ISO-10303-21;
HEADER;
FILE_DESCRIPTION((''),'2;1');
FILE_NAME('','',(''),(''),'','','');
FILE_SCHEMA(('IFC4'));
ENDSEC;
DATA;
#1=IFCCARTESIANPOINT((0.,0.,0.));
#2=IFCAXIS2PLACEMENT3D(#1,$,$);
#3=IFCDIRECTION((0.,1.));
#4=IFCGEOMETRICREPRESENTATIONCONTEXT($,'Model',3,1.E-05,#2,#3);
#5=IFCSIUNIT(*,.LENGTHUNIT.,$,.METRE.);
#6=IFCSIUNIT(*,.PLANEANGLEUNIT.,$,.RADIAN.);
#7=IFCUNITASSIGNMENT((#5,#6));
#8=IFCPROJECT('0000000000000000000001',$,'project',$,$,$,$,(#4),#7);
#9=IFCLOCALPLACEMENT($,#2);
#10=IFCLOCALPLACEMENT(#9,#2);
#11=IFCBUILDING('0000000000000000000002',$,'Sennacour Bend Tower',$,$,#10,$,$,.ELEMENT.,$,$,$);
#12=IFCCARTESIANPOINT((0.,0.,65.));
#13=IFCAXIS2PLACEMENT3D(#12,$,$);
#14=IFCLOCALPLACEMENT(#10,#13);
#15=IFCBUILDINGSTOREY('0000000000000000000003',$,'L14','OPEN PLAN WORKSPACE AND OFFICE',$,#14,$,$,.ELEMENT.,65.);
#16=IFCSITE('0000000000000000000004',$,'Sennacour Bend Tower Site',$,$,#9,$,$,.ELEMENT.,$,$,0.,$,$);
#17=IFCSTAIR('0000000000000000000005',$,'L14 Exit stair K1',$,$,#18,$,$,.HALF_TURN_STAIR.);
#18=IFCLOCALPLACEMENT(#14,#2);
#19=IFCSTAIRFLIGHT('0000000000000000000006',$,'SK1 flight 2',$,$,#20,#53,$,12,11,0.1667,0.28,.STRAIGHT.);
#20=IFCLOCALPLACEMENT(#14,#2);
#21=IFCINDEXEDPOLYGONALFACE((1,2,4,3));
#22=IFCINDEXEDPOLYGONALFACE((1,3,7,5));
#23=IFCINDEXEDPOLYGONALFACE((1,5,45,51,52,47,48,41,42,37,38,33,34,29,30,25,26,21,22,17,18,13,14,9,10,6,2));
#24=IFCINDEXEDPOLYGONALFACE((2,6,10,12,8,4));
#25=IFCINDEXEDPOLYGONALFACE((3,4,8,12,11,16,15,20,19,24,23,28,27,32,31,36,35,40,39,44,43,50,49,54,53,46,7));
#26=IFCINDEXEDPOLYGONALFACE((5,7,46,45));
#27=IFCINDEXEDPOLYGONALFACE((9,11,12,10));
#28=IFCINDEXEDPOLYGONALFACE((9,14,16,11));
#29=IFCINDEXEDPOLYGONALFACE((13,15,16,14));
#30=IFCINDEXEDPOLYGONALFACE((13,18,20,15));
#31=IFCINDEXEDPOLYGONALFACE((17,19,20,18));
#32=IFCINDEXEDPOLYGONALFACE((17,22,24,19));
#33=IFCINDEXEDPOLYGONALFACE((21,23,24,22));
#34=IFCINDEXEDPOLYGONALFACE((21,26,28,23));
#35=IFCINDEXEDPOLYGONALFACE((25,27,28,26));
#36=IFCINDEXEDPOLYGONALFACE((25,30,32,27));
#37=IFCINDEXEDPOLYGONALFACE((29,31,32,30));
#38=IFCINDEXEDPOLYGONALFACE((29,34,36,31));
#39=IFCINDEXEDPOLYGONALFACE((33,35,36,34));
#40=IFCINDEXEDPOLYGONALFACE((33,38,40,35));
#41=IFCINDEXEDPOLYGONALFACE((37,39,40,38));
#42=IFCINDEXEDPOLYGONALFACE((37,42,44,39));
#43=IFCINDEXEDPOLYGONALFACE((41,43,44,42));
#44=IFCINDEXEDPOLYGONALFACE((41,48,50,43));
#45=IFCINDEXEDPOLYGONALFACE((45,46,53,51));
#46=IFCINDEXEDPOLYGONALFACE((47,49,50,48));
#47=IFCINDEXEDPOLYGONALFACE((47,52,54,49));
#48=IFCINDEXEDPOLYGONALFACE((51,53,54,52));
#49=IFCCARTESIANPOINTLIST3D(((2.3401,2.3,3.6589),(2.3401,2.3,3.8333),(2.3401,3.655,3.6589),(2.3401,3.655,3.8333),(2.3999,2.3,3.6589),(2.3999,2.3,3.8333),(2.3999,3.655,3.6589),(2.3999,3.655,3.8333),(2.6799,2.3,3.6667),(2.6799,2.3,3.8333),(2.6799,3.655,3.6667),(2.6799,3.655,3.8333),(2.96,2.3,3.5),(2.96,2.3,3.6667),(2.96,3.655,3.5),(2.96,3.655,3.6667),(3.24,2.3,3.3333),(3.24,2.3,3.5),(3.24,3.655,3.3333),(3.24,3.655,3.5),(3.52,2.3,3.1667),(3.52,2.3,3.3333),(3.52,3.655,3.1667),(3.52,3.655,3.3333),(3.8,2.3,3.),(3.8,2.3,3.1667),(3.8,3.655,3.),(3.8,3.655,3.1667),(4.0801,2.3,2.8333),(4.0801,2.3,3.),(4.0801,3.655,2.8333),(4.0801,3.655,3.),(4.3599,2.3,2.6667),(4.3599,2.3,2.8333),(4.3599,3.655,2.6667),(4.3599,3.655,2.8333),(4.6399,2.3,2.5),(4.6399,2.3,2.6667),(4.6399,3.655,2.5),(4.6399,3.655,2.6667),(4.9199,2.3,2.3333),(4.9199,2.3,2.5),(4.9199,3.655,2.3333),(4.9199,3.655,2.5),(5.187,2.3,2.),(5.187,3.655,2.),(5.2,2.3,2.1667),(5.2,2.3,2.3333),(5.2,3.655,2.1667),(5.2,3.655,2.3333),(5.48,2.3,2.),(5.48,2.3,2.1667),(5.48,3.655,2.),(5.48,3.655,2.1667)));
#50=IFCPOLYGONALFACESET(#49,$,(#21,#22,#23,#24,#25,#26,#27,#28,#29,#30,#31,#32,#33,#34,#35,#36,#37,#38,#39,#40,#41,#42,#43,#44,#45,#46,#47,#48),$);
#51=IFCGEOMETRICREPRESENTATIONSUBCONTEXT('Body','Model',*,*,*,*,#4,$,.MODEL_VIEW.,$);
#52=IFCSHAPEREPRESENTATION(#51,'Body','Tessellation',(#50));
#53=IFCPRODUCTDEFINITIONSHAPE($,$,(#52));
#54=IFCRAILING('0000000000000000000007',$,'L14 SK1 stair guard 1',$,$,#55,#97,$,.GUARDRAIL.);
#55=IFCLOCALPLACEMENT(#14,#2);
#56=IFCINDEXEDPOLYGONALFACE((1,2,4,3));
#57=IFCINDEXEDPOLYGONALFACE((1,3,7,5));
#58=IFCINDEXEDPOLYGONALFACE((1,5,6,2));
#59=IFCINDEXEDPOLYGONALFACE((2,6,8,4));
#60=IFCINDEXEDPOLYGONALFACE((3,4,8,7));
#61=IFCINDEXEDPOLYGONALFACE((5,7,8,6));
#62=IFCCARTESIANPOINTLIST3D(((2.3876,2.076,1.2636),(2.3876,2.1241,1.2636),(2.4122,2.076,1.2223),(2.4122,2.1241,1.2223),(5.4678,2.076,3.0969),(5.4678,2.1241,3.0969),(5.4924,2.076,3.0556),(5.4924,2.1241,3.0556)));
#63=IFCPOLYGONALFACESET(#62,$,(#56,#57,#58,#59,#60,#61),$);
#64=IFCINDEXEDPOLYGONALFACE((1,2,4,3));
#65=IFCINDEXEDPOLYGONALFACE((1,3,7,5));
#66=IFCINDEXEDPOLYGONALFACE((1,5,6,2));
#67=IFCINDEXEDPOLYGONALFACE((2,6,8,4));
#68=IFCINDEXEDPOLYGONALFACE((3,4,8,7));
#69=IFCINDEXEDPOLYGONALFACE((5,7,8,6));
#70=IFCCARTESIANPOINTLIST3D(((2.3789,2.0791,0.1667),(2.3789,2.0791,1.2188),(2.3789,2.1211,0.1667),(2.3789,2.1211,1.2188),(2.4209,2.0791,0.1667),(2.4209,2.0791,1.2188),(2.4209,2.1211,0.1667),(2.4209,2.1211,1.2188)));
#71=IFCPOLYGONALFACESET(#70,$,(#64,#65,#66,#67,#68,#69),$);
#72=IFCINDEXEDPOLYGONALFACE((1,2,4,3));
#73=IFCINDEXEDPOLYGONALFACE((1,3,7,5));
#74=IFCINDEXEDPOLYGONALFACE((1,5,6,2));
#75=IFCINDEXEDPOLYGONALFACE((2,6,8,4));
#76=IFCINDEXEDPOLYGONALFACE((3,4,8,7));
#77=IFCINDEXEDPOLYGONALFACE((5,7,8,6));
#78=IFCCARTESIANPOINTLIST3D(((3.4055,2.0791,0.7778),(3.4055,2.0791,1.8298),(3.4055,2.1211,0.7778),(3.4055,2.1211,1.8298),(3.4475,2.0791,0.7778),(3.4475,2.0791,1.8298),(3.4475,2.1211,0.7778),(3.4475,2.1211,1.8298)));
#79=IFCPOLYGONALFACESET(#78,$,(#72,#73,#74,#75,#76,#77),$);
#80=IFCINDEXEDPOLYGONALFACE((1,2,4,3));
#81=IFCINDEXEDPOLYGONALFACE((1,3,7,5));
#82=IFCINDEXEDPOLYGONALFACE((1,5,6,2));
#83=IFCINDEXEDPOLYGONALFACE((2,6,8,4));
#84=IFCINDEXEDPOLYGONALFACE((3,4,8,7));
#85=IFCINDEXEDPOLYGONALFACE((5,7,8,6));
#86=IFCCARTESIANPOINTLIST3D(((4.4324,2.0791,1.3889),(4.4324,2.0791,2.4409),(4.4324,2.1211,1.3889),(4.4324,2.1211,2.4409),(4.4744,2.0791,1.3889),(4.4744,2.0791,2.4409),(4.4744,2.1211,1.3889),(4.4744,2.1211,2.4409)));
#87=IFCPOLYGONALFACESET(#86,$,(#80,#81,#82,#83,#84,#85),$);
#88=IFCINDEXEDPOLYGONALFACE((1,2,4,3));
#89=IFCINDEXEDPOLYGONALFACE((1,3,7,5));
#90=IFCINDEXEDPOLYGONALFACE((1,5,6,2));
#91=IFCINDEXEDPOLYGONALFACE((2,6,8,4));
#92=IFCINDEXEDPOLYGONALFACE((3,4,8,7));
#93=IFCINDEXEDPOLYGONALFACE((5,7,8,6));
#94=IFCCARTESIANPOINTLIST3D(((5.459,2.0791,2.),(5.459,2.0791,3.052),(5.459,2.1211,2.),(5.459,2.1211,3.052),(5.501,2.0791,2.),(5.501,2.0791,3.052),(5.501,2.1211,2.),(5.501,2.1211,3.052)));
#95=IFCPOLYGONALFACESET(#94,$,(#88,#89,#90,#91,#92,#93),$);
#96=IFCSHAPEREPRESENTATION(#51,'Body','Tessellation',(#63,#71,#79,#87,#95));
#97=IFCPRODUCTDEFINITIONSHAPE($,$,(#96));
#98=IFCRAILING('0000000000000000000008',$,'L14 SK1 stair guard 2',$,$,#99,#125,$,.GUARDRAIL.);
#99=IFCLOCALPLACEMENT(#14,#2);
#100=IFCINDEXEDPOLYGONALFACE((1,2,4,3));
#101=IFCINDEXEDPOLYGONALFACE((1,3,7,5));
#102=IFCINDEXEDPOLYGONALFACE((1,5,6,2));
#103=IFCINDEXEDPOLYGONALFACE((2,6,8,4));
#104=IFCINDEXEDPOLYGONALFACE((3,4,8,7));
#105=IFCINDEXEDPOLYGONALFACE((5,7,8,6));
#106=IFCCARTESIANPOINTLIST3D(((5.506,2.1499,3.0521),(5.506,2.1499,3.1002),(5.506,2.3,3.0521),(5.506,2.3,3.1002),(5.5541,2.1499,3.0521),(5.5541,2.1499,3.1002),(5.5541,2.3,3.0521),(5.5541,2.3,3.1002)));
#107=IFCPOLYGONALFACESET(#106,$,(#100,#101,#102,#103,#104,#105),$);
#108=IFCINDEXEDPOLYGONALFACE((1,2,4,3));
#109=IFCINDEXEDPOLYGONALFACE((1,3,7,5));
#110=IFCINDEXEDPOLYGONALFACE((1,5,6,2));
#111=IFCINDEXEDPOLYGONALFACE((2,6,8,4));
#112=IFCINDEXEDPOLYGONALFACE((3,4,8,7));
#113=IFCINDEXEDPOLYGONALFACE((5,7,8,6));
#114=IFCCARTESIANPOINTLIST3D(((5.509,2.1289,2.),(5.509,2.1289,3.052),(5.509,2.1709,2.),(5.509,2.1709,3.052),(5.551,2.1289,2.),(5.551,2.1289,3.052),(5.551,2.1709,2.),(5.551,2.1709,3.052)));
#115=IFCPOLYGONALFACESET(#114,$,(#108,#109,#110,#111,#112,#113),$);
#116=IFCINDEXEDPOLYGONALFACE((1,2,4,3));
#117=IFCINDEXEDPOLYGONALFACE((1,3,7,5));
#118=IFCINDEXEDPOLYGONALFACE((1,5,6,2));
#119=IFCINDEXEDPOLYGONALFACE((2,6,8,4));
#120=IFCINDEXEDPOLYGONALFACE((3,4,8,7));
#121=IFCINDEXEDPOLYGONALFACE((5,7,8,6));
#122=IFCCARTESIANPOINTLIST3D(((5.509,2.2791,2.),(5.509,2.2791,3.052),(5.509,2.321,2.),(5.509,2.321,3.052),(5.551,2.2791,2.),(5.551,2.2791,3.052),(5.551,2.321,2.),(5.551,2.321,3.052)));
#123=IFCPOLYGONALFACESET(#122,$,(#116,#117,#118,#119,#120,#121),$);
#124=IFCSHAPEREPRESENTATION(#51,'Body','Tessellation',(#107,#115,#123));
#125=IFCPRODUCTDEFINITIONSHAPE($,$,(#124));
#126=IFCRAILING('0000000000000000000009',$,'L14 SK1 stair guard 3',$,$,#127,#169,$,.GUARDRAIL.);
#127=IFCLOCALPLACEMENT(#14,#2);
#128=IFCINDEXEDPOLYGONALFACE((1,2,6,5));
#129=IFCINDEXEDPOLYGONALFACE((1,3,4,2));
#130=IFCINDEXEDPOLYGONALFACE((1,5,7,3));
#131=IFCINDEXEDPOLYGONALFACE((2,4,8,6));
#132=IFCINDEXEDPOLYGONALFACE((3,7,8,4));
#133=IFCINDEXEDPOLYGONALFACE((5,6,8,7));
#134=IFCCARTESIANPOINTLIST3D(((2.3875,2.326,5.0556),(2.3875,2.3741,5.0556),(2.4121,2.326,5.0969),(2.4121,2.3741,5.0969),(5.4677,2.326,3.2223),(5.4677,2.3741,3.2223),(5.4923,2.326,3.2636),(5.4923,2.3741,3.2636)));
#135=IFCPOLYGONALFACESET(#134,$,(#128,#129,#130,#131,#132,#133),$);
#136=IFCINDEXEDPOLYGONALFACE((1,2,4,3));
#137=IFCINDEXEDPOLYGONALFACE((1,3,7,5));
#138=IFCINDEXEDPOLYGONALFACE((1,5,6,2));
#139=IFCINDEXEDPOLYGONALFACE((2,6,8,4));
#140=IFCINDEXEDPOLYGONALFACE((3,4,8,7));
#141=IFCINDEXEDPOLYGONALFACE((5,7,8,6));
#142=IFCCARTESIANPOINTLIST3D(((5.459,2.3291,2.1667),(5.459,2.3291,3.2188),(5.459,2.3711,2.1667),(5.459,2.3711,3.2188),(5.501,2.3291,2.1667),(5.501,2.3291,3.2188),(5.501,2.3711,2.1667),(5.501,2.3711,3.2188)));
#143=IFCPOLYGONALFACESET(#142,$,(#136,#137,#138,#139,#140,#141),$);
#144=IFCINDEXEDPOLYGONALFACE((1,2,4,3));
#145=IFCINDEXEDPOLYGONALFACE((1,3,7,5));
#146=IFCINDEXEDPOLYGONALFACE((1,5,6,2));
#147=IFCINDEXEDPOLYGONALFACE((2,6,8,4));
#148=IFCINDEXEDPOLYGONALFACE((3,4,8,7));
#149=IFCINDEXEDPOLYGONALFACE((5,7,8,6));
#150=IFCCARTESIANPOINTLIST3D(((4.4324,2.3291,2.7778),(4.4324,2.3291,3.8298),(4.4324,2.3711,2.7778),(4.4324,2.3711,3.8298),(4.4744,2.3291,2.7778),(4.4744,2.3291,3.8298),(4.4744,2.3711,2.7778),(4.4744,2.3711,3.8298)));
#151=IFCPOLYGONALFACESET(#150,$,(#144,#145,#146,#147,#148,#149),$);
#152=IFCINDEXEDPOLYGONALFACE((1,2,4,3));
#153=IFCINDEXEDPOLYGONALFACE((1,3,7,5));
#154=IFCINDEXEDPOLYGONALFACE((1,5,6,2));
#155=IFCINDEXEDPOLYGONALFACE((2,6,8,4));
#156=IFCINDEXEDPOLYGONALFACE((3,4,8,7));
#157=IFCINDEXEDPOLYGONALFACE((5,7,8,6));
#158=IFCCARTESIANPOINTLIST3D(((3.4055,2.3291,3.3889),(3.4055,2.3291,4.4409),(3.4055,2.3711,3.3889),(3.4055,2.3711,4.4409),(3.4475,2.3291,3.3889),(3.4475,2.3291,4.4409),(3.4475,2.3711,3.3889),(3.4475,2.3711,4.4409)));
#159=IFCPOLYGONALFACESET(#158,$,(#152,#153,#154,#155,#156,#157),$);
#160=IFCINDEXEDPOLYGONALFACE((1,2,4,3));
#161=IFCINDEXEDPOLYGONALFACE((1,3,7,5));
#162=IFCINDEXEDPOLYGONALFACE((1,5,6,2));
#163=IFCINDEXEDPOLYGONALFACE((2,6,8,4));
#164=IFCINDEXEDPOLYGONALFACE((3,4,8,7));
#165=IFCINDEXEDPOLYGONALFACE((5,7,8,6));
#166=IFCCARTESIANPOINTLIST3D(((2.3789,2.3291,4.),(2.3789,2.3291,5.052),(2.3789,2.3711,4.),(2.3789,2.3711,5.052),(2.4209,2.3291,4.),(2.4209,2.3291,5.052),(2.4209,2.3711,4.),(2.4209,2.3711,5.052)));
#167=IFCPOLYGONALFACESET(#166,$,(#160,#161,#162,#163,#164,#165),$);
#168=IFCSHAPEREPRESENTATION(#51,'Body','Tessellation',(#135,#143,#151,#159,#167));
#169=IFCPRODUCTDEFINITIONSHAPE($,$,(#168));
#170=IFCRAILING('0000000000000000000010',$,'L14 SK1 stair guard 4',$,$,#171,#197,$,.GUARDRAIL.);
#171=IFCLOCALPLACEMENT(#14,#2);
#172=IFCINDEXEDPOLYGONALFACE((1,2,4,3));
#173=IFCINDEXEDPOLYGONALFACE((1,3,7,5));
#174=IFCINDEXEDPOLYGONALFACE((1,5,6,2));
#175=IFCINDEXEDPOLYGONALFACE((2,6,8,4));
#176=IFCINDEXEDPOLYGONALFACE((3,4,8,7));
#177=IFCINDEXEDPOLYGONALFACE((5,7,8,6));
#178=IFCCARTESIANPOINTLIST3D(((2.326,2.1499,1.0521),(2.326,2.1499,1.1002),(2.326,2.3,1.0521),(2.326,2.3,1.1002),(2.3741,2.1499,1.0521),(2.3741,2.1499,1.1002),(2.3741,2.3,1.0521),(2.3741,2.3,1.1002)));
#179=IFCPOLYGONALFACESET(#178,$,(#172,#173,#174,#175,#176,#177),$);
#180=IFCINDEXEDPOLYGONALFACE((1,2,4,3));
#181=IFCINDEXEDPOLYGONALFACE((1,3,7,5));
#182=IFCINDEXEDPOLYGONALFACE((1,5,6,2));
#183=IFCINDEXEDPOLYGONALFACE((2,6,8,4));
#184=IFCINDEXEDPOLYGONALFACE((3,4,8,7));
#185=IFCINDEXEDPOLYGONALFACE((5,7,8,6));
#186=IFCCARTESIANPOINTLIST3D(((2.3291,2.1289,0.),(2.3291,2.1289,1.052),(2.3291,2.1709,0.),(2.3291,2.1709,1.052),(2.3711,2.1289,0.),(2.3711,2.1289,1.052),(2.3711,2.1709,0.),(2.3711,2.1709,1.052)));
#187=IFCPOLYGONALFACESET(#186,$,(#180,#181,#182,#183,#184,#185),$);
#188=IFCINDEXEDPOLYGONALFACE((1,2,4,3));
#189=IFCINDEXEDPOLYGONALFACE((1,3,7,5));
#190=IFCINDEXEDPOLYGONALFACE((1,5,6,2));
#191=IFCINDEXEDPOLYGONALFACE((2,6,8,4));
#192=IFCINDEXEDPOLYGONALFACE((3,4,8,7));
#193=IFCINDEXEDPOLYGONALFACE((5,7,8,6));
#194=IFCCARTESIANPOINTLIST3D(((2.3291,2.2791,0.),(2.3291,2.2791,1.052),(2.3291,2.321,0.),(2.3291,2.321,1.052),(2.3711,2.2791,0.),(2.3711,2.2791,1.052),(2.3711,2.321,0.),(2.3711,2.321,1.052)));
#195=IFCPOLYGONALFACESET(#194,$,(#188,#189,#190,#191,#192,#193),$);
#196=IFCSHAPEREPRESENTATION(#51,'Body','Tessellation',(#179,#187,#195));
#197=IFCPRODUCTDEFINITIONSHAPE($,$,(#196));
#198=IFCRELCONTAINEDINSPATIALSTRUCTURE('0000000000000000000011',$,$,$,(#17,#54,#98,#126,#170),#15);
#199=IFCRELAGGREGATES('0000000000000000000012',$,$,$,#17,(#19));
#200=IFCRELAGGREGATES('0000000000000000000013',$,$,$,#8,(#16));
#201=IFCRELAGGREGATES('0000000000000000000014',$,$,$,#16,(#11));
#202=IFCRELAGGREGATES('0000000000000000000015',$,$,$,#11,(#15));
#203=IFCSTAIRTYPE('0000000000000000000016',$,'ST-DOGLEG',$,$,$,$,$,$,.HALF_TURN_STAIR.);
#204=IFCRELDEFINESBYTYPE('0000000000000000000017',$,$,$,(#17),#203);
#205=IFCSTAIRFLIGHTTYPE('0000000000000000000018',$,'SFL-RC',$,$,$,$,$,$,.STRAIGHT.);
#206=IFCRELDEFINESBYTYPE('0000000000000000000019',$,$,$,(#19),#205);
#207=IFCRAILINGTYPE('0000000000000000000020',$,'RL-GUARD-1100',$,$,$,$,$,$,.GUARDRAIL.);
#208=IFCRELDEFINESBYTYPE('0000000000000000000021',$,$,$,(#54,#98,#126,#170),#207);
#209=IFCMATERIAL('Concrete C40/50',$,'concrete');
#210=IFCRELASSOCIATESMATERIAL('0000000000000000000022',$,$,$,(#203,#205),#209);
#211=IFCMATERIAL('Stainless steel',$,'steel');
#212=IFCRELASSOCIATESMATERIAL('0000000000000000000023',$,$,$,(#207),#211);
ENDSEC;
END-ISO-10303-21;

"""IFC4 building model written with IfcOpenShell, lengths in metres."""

from ifc_helpers import new_model, si_unit, direction, frame, origin, origin_2d, place, context, subcontext, project, spatial, polyline, rectangle, outline, extrude, material, type_object, element, aggregate, save


model = new_model("IFC4")

# Units and contexts
model_context = context("Model", 3, precision=1e-05, world=origin(), true_north=direction((0.0, 1.0)))
body_context = subcontext(model_context, "Body", "Model", "MODEL_VIEW")
ifc_project = project(units=[si_unit("LENGTHUNIT", "METRE"), si_unit("PLANEANGLEUNIT", "RADIAN")], contexts=[model_context])

# Site, building, storey
site_placement = place(None, origin())
site = spatial("IfcSite", under=ifc_project, at=site_placement, Name="Sennacour Bend Tower Site", CompositionType="ELEMENT", RefElevation=0.0)
building_placement = place(site_placement, origin())
building = spatial("IfcBuilding", under=site, at=building_placement, Name="Sennacour Bend Tower", CompositionType="ELEMENT")
storey_placement = place(building_placement, frame((0.0, 0.0, 65.0)))
storey = spatial("IfcBuildingStorey", under=building, at=storey_placement, Name="L14", Description="OPEN PLAN WORKSPACE AND OFFICE", CompositionType="ELEMENT", Elevation=65.0)

# Stair, stair flight
ifc_material_1 = material(Name="Concrete C40/50", Category="concrete")
stair_type = type_object("IfcStairType", Name="ST-DOGLEG", PredefinedType="HALF_TURN_STAIR", material=ifc_material_1)
stair_placement = place(storey_placement, origin())
stair = element("IfcStair", 1, at=stair_placement, inside=storey, type_object=stair_type, Name="L14 Exit stair K1", PredefinedType="HALF_TURN_STAIR")
stair_flight_type = type_object("IfcStairFlightType", Name="SFL-RC", PredefinedType="STRAIGHT", material=ifc_material_1)
stair_flight_1_placement = place(storey_placement, frame((5.48, 2.9775, 2.0), z_axis=(0.0, 0.0, 1.0), x_axis=(-1.0, 0.0, 0.0)))
stair_flight_1 = element("IfcStairFlight", 2, at=stair_flight_1_placement, type_object=stair_flight_type, Name="SK1 flight 2", NumberOfRisers=12, NumberOfTreads=11, PredefinedType="STRAIGHT", RiserHeight=0.1667, TreadLength=0.28, context=body_context, shape_type="SweptSolid", body=[
    extrude(outline(polyline([(0.0, 0.0), (0.0, 0.1667), (0.28, 0.1667), (0.28, 0.3333), (0.5601, 0.3333), (0.5601, 0.5), (0.8401, 0.5), (0.8401, 0.6667), (1.1201, 0.6667), (1.1201, 0.8333), (1.3999, 0.8333), (1.3999, 1.0), (1.6799, 1.0), (1.6799, 1.1667), (1.96, 1.1667), (1.96, 1.3333), (2.24, 1.3333), (2.24, 1.5), (2.52, 1.5), (2.52, 1.6667), (2.8, 1.6667), (2.8, 1.8333), (3.0801, 1.8333), (3.1399, 1.8333), (3.1399, 1.6589), (3.0801, 1.6589), (0.293, 0.0), (0.0, 0.0)])), frame((0.0, 0.6775, 0.0), z_axis=(0.0, -1.0, 0.0), x_axis=(1.0, 0.0, 0.0)), (0.0, 0.0, 1.0), 1.355),
])
aggregate(stair, [stair_flight_1])

# Railings
ifc_material_2 = material(Name="Stainless steel", Category="steel")
railing_type_1 = type_object("IfcRailingType", Name="RL-GUARD-1100", PredefinedType="GUARDRAIL", material=ifc_material_2)
railing_1_placement = place(storey_placement, frame((2.3999, 2.1001, 0.1667)))
element("IfcRailing", 3, at=railing_1_placement, inside=storey, type_object=railing_type_1, Name="L14 SK1 stair guard 1", PredefinedType="GUARDRAIL", context=body_context, shape_type="SweptSolid", body=[
    extrude(rectangle(XDim=0.0481, YDim=0.0481, at=origin_2d()), frame((0.0, 0.0, 1.0762), z_axis=(0.859309, 0.0, 0.511458), x_axis=(0.0, 1.0, 0.0)), (0.0, 0.0, 1.0), 3.5845),
    extrude(rectangle(XDim=0.042, YDim=0.042, at=origin_2d()), origin(), (0.0, 0.0, 1.0), 1.052),
    extrude(rectangle(XDim=0.042, YDim=0.042, at=origin_2d()), frame((1.0266, 0.0, 0.6111)), (0.0, 0.0, 1.0), 1.052),
    extrude(rectangle(XDim=0.042, YDim=0.042, at=origin_2d()), frame((2.0535, 0.0, 1.2222)), (0.0, 0.0, 1.0), 1.052),
    extrude(rectangle(XDim=0.042, YDim=0.042, at=origin_2d()), frame((3.0801, 0.0, 1.8333)), (0.0, 0.0, 1.0), 1.052),
])
railing_2_placement = place(storey_placement, frame((5.53, 2.1499, 2.0)))
element("IfcRailing", 4, at=railing_2_placement, inside=storey, type_object=railing_type_1, Name="L14 SK1 stair guard 2", PredefinedType="GUARDRAIL", context=body_context, shape_type="SweptSolid", body=[
    extrude(rectangle(XDim=0.0481, YDim=0.0481, at=origin_2d()), frame((0.0, 0.0, 1.0762), z_axis=(0.0, 1.0, 0.0), x_axis=(-1.0, 0.0, 0.0)), (0.0, 0.0, 1.0), 0.1501),
    extrude(rectangle(XDim=0.042, YDim=0.042, at=origin_2d()), origin(), (0.0, 0.0, 1.0), 1.052),
    extrude(rectangle(XDim=0.042, YDim=0.042, at=origin_2d()), frame((0.0, 0.1501, 0.0)), (0.0, 0.0, 1.0), 1.052),
])
railing_3_placement = place(storey_placement, frame((5.48, 2.3501, 2.1667)))
element("IfcRailing", 5, at=railing_3_placement, inside=storey, type_object=railing_type_1, Name="L14 SK1 stair guard 3", PredefinedType="GUARDRAIL", context=body_context, shape_type="SweptSolid", body=[
    extrude(rectangle(XDim=0.0481, YDim=0.0481, at=origin_2d()), frame((0.0, 0.0, 1.0762), z_axis=(-0.859309, 0.0, 0.511458), x_axis=(0.0, -1.0, 0.0)), (0.0, 0.0, 1.0), 3.5845),
    extrude(rectangle(XDim=0.042, YDim=0.042, at=origin_2d()), origin(), (0.0, 0.0, 1.0), 1.052),
    extrude(rectangle(XDim=0.042, YDim=0.042, at=origin_2d()), frame((-1.0266, 0.0, 0.6111)), (0.0, 0.0, 1.0), 1.052),
    extrude(rectangle(XDim=0.042, YDim=0.042, at=origin_2d()), frame((-2.0535, 0.0, 1.2222)), (0.0, 0.0, 1.0), 1.052),
    extrude(rectangle(XDim=0.042, YDim=0.042, at=origin_2d()), frame((-3.0801, 0.0, 1.8333)), (0.0, 0.0, 1.0), 1.052),
])
railing_4_placement = place(storey_placement, frame((2.3501, 2.1499, 0.0)))
element("IfcRailing", 6, at=railing_4_placement, inside=storey, type_object=railing_type_1, Name="L14 SK1 stair guard 4", PredefinedType="GUARDRAIL", context=body_context, shape_type="SweptSolid", body=[
    extrude(rectangle(XDim=0.0481, YDim=0.0481, at=origin_2d()), frame((0.0, 0.0, 1.0762), z_axis=(0.0, 1.0, 0.0), x_axis=(-1.0, 0.0, 0.0)), (0.0, 0.0, 1.0), 0.1501),
    extrude(rectangle(XDim=0.042, YDim=0.042, at=origin_2d()), origin(), (0.0, 0.0, 1.0), 1.052),
    extrude(rectangle(XDim=0.042, YDim=0.042, at=origin_2d()), frame((0.0, 0.1501, 0.0)), (0.0, 0.0, 1.0), 1.052),
])

save(model, "model.ifc")
